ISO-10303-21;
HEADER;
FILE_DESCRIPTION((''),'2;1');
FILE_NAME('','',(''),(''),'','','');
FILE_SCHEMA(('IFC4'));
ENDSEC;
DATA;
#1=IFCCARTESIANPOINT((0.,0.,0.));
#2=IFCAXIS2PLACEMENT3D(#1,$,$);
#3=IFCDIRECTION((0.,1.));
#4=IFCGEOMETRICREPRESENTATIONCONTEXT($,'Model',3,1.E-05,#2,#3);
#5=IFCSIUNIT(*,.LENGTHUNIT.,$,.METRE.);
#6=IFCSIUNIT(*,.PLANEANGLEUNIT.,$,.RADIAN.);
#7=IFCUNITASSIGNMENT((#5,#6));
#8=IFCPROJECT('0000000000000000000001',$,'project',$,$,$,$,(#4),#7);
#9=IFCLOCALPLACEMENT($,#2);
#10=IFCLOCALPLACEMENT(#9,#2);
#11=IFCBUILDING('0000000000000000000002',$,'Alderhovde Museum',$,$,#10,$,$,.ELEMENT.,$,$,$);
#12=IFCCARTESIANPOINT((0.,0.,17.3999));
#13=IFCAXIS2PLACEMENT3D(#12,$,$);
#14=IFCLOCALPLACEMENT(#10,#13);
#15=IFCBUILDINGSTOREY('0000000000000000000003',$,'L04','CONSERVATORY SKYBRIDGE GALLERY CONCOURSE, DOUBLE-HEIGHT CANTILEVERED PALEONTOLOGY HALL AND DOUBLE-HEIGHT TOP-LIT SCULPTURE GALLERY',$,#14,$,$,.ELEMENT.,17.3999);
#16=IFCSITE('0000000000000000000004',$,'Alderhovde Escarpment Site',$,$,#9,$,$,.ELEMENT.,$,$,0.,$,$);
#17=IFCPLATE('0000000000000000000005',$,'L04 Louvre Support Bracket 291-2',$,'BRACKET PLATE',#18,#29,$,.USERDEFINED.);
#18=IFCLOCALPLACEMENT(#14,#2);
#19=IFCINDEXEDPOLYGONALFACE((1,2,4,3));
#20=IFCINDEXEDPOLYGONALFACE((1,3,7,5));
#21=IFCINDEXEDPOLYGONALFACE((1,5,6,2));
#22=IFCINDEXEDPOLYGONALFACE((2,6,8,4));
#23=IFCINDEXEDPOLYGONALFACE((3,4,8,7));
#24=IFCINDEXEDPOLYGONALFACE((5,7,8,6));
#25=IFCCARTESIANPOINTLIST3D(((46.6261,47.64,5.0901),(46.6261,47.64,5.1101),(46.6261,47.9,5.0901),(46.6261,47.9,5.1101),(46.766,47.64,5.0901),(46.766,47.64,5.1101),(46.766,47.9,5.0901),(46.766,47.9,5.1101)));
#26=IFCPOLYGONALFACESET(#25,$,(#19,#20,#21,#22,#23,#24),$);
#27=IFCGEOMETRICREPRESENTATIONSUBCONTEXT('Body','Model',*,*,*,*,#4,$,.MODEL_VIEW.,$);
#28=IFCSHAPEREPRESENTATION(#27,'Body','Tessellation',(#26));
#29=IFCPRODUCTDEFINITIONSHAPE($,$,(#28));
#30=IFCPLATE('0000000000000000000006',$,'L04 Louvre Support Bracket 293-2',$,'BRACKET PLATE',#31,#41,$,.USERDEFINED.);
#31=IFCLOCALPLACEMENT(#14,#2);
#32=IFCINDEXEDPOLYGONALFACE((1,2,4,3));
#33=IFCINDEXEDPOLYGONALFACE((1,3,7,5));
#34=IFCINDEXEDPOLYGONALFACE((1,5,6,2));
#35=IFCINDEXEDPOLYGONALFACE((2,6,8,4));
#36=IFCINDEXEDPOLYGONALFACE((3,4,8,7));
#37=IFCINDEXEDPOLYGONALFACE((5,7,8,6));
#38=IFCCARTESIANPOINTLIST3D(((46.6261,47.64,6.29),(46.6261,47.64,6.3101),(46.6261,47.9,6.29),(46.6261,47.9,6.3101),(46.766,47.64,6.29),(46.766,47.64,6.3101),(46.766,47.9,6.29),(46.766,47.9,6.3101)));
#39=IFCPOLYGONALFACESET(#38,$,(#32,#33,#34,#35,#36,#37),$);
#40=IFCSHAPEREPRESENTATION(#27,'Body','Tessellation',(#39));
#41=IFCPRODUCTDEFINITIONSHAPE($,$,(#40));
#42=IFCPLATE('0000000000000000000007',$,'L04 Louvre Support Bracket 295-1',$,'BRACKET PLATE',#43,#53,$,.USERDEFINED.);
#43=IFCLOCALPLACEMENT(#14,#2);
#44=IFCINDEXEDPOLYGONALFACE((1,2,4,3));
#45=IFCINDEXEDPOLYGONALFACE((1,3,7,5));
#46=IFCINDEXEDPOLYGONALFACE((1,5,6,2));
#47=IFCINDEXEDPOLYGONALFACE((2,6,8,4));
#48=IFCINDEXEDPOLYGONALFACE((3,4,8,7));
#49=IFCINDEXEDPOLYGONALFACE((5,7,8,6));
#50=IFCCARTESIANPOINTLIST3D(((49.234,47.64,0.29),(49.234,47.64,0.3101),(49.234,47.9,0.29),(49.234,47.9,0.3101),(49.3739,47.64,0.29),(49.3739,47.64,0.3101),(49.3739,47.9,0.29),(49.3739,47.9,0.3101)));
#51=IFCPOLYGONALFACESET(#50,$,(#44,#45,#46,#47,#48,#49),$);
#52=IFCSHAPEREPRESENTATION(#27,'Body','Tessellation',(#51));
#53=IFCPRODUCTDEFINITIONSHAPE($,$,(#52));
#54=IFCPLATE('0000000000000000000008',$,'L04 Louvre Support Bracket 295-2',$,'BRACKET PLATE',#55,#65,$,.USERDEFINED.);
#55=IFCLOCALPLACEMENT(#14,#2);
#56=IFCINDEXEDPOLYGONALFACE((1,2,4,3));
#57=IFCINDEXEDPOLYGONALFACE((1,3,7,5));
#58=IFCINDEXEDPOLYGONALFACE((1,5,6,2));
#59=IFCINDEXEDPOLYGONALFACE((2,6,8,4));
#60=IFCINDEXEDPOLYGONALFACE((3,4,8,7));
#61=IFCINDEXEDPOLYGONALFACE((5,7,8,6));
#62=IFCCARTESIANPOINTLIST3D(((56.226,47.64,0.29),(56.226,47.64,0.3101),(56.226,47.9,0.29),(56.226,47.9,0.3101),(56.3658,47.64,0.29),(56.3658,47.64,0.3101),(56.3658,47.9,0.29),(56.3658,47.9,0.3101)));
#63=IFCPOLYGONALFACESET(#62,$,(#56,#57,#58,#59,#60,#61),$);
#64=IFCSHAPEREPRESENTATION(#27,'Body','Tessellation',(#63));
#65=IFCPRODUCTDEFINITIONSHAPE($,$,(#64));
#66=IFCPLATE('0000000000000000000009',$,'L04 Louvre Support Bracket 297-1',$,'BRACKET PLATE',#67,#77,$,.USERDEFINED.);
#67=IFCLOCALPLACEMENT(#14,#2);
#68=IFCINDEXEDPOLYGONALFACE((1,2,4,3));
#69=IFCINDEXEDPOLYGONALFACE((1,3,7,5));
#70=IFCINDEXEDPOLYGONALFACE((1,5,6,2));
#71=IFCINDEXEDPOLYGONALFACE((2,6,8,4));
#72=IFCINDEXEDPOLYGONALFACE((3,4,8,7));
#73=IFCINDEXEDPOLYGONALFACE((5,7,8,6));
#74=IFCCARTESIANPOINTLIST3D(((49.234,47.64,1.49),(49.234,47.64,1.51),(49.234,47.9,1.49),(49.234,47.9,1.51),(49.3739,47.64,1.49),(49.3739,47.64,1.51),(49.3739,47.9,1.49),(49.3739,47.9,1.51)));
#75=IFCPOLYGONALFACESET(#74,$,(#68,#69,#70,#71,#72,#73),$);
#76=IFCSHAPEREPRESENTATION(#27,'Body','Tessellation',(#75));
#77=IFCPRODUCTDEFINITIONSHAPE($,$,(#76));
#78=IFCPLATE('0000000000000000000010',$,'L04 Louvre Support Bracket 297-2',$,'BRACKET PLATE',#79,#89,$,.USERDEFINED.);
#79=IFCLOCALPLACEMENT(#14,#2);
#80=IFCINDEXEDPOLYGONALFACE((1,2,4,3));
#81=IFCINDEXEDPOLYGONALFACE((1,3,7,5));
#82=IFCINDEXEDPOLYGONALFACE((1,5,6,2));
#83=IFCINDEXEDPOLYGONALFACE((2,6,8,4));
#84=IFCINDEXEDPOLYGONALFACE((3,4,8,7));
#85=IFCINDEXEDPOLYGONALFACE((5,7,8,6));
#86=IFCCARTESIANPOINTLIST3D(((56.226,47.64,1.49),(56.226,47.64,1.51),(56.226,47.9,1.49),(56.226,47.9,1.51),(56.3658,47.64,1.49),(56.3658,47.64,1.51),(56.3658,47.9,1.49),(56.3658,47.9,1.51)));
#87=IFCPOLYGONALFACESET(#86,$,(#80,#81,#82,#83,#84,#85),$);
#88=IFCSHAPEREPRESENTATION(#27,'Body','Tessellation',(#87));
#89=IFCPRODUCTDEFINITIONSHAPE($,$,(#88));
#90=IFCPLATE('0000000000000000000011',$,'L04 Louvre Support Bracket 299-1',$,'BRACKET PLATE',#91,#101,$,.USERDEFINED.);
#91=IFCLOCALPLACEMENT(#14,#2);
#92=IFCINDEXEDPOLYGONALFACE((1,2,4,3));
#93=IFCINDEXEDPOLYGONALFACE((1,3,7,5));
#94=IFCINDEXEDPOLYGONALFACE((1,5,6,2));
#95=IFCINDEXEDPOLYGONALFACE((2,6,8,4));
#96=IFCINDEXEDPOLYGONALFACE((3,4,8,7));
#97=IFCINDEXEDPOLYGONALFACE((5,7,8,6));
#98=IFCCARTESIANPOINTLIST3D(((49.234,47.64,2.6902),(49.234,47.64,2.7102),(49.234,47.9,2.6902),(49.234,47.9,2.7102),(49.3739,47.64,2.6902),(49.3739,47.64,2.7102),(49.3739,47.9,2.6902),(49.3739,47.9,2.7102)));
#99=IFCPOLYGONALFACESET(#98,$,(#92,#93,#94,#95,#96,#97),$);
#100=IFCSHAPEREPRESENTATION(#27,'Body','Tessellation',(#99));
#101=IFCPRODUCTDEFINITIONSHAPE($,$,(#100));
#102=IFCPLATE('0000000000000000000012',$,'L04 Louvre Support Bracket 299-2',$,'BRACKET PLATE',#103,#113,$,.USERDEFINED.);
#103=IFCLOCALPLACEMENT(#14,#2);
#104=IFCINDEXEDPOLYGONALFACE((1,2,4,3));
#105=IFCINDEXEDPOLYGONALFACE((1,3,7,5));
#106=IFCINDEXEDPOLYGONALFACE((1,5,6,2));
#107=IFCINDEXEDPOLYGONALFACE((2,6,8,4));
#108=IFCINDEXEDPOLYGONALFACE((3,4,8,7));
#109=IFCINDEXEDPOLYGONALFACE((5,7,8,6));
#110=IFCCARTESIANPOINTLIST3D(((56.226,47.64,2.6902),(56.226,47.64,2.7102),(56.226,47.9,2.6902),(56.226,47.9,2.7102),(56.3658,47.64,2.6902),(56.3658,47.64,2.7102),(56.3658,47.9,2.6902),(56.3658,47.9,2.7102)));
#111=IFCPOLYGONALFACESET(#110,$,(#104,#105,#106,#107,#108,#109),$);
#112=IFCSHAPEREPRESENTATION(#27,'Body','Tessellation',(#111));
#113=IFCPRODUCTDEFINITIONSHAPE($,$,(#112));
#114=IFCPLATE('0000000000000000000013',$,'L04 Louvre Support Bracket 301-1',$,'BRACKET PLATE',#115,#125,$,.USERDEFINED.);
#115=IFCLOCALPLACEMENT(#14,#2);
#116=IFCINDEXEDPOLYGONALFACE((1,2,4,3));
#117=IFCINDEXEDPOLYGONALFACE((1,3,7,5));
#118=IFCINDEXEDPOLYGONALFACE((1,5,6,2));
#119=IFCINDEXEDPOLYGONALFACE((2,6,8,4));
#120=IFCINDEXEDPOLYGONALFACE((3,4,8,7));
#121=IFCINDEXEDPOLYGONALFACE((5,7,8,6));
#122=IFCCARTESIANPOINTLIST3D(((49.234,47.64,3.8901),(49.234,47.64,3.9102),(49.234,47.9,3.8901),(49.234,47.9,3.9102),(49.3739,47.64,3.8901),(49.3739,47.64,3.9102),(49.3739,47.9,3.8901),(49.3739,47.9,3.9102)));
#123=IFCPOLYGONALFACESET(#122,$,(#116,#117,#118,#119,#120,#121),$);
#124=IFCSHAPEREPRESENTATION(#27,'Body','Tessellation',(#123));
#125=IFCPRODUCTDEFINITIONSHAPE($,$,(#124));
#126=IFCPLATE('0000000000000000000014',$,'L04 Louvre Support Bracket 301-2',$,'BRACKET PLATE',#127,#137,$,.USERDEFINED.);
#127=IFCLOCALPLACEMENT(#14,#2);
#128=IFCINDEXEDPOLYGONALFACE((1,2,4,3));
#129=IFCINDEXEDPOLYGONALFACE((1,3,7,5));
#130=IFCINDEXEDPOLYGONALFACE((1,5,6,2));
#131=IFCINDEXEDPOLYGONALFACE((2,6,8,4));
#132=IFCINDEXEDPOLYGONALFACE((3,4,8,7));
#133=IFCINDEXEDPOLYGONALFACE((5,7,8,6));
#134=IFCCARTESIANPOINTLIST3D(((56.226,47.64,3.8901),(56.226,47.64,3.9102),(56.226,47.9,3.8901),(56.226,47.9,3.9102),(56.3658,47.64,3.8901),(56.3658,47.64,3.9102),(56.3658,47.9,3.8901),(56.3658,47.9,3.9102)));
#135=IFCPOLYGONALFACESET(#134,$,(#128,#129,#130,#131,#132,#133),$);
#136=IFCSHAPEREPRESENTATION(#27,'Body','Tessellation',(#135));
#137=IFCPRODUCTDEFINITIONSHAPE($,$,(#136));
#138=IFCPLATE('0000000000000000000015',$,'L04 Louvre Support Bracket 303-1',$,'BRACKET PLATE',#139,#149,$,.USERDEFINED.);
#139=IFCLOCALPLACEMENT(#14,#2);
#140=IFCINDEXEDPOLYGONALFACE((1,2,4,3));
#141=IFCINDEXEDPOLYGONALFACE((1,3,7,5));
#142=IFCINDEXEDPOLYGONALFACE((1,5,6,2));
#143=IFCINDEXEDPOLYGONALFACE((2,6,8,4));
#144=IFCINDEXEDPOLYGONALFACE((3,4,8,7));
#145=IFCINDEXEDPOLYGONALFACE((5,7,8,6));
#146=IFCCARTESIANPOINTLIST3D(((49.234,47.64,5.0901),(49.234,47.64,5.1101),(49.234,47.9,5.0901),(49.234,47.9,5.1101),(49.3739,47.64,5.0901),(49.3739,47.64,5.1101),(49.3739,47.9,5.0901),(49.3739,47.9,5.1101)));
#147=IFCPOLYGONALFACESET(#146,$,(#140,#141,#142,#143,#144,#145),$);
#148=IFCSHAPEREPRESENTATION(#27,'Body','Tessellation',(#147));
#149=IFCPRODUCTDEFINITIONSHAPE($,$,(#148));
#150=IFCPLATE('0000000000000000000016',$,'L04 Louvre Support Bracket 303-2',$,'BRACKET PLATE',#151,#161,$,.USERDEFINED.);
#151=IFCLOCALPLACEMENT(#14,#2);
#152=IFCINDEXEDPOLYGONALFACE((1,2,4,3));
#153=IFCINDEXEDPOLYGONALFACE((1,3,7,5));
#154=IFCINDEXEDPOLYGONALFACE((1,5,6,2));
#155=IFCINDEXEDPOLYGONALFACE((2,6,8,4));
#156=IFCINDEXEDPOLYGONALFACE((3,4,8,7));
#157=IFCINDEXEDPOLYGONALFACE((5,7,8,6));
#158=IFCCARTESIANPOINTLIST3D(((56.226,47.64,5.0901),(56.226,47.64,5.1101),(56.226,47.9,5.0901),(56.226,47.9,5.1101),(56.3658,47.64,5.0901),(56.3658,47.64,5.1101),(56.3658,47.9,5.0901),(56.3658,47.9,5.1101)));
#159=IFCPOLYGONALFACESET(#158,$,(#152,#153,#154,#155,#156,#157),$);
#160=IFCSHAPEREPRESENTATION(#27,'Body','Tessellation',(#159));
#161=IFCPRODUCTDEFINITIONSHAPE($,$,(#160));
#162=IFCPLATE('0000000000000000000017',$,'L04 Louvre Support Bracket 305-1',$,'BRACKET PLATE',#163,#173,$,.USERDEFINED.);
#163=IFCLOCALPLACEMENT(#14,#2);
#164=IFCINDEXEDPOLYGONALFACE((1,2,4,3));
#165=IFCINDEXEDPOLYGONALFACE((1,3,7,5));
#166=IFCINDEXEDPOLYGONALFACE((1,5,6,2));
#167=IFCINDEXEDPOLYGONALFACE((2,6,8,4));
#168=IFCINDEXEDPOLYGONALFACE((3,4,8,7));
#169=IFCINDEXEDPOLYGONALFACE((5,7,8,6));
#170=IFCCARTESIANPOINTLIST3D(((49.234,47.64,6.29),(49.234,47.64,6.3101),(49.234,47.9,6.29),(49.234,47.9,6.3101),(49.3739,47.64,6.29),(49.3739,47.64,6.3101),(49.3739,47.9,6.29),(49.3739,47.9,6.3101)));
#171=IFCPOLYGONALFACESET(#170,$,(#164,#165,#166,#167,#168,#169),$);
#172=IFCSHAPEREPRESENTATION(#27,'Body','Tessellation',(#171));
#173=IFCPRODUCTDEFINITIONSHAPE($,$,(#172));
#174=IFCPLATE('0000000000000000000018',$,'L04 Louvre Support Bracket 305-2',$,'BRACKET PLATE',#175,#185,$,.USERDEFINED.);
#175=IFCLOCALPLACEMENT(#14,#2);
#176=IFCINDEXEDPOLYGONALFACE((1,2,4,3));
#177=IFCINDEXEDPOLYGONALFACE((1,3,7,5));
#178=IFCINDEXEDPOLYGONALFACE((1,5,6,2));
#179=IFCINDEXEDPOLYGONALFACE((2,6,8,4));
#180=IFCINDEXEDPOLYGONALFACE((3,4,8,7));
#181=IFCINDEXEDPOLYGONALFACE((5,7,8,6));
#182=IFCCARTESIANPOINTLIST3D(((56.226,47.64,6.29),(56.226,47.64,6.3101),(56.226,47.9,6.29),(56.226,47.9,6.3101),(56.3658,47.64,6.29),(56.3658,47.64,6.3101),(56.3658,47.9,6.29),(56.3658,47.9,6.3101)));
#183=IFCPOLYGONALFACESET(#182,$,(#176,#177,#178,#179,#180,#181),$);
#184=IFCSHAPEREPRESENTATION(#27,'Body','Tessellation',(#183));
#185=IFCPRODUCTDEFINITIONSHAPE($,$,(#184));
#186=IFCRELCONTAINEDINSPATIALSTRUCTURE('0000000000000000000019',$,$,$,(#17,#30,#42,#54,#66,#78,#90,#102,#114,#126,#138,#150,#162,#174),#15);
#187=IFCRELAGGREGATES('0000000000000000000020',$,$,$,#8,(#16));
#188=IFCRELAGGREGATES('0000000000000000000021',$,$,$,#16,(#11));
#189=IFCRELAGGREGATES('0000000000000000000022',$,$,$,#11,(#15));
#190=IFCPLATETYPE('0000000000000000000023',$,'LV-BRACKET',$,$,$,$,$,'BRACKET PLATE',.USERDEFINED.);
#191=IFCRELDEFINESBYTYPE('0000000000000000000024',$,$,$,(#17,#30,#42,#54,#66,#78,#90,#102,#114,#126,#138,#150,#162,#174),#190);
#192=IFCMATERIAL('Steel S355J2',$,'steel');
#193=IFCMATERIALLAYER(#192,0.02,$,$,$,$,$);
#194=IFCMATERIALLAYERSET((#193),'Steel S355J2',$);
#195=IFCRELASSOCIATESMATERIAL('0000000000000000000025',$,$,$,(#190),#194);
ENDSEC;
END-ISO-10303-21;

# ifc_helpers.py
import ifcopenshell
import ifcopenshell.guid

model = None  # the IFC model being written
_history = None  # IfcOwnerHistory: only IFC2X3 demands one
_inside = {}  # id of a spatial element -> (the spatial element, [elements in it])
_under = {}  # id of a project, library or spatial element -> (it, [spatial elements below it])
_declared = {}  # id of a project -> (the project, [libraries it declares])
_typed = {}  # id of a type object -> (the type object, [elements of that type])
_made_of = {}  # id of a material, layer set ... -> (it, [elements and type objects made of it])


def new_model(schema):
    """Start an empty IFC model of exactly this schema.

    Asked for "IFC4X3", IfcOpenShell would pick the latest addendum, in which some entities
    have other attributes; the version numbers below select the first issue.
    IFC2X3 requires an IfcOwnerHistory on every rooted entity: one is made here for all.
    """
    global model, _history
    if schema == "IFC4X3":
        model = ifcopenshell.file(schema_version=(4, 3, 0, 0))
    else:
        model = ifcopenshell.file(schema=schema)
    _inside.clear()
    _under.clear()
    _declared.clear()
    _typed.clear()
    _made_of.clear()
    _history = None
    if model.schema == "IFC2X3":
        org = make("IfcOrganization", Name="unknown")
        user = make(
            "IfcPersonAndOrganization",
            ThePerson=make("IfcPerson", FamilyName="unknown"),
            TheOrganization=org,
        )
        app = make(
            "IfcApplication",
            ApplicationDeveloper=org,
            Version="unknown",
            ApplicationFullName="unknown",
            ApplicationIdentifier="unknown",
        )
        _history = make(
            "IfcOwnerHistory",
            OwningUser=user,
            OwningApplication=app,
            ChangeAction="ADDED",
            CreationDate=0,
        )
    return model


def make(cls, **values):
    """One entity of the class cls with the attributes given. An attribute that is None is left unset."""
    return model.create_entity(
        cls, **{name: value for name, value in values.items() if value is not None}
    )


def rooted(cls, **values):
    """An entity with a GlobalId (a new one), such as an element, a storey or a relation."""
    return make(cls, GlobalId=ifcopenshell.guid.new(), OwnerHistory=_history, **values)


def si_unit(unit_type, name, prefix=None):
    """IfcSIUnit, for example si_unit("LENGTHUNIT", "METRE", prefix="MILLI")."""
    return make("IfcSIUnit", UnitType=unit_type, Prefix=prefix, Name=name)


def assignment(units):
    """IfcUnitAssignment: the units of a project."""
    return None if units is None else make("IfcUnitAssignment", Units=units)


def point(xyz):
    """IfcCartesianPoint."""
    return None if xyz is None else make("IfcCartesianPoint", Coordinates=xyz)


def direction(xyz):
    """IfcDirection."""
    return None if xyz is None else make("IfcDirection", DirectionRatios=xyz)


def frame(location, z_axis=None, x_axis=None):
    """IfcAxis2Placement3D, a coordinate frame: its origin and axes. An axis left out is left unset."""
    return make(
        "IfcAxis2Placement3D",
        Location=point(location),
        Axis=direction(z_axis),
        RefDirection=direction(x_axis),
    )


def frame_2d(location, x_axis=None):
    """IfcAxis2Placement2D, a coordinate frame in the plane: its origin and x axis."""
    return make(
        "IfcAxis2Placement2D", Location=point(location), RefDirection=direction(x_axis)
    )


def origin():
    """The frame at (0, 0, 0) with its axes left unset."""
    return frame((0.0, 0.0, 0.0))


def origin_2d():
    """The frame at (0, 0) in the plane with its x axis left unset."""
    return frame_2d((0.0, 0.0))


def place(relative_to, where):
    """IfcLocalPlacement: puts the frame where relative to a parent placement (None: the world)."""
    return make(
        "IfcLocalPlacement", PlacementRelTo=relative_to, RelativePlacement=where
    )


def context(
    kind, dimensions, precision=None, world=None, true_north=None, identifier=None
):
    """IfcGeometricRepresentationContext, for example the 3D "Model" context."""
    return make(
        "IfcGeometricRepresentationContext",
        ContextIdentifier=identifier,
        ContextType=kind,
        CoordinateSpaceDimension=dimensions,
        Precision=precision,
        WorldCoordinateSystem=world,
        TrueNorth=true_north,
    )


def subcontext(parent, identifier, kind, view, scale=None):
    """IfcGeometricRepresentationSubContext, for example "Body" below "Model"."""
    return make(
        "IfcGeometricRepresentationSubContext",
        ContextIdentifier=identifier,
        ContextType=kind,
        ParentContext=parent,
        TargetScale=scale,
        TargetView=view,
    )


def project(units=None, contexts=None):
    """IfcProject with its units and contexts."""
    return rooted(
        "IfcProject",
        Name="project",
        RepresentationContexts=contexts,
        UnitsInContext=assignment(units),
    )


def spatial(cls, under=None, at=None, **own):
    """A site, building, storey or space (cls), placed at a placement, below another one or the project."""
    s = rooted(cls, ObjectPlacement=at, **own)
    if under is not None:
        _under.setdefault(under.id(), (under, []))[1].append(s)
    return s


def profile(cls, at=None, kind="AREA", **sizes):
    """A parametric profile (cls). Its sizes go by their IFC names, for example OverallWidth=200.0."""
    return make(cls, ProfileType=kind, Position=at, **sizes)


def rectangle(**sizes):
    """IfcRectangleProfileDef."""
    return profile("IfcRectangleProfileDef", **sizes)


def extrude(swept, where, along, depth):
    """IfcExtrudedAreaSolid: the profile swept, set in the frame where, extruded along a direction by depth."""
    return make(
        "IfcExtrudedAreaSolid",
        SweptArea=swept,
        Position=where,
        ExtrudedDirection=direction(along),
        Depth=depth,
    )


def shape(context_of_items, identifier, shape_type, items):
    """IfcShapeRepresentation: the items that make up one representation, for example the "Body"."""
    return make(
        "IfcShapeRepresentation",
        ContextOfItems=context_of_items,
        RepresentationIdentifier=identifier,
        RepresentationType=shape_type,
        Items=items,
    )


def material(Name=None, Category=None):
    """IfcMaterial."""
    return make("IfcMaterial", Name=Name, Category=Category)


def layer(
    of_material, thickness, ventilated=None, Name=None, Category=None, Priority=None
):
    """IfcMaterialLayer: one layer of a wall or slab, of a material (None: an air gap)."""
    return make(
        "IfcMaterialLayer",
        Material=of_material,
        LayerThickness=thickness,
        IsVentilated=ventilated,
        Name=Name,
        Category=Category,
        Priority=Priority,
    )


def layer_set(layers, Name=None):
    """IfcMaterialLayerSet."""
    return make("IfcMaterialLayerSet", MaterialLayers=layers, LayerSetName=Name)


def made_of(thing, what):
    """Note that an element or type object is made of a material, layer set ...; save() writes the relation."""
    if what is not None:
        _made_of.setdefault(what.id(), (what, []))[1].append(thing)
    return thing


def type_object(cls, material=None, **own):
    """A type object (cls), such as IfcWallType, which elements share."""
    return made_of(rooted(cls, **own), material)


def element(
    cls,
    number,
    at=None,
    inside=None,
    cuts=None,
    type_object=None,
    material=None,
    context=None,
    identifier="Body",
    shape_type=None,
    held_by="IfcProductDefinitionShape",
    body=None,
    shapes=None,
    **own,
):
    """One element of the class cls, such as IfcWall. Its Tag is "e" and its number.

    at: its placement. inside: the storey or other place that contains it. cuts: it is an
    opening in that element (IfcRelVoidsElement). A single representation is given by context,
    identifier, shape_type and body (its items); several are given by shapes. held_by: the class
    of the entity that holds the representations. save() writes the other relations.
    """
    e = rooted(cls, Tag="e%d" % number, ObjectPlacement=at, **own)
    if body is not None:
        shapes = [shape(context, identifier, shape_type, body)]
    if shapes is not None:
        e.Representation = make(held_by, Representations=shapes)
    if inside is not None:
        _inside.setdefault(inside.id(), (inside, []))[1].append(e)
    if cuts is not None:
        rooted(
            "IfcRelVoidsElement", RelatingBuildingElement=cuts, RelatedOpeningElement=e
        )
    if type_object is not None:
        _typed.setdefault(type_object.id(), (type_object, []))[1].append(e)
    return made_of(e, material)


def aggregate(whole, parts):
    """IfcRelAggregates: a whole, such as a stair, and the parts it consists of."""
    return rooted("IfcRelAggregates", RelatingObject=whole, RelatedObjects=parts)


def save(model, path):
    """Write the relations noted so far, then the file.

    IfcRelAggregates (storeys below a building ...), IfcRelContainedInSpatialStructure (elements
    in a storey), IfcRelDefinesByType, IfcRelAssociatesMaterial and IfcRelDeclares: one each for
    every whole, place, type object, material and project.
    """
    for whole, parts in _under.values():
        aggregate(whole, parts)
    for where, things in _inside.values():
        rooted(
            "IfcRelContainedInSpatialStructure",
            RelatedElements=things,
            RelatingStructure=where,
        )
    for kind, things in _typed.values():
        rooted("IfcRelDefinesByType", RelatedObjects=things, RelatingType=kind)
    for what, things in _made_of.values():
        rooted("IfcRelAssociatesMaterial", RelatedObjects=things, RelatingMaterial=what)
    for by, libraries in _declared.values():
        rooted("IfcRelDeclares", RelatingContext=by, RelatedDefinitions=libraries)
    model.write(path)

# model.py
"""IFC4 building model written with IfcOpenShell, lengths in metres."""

from ifc_helpers import new_model, si_unit, direction, frame, origin, origin_2d, place, context, subcontext, project, spatial, rectangle, extrude, material, layer, layer_set, type_object, element, save


model = new_model("IFC4")

# Units and contexts
model_context = context("Model", 3, precision=1e-05, world=origin(), true_north=direction((0.0, 1.0)))
body_context = subcontext(model_context, "Body", "Model", "MODEL_VIEW")
ifc_project = project(units=[si_unit("LENGTHUNIT", "METRE"), si_unit("PLANEANGLEUNIT", "RADIAN")], contexts=[model_context])

# Site, building, storey
site_placement = place(None, origin())
site = spatial("IfcSite", under=ifc_project, at=site_placement, Name="Alderhovde Escarpment Site", CompositionType="ELEMENT", RefElevation=0.0)
building_placement = place(site_placement, origin())
building = spatial("IfcBuilding", under=site, at=building_placement, Name="Alderhovde Museum", CompositionType="ELEMENT")
storey_placement = place(building_placement, frame((0.0, 0.0, 17.3999)))
storey = spatial("IfcBuildingStorey", under=building, at=storey_placement, Name="L04", Description="CONSERVATORY SKYBRIDGE GALLERY CONCOURSE, DOUBLE-HEIGHT CANTILEVERED PALEONTOLOGY HALL AND DOUBLE-HEIGHT TOP-LIT SCULPTURE GALLERY", CompositionType="ELEMENT", Elevation=17.3999)

# Plates
ifc_material_1 = material(Name="Steel S355J2", Category="steel")
ifc_layer_1 = layer(ifc_material_1, 0.02)
ifc_layer_set_1 = layer_set([ifc_layer_1], Name="Steel S355J2")
plate_type_1 = type_object("IfcPlateType", Name="LV-BRACKET", ElementType="BRACKET PLATE", PredefinedType="USERDEFINED", material=ifc_layer_set_1)
for number, where, z_axis, x_axis, name in (
    (1, (46.696, 47.77, 5.0901), (0.0, 0.0, 1.0), (1.0, 0.0, 0.0), "L04 Louvre Support Bracket 291-2"),
    (2, (46.696, 47.77, 6.29), (0.0, 0.0, 1.0), (1.0, 0.0, 0.0), "L04 Louvre Support Bracket 293-2"),
    (3, (49.304, 47.77, 0.29), (0.0, 0.0, 1.0), (1.0, 0.0, 0.0), "L04 Louvre Support Bracket 295-1"),
    (4, (56.2959, 47.77, 0.29), (0.0, 0.0, 1.0), (1.0, 0.0, 0.0), "L04 Louvre Support Bracket 295-2"),
    (5, (49.304, 47.77, 1.49), (0.0, 0.0, 1.0), (1.0, 0.0, 0.0), "L04 Louvre Support Bracket 297-1"),
    (6, (56.2959, 47.77, 1.49), (0.0, 0.0, 1.0), (1.0, 0.0, 0.0), "L04 Louvre Support Bracket 297-2"),
    (7, (49.304, 47.77, 2.6902), (0.0, 0.0, 1.0), (1.0, 0.0, 0.0), "L04 Louvre Support Bracket 299-1"),
    (8, (56.2959, 47.77, 2.6902), (0.0, 0.0, 1.0), (1.0, 0.0, 0.0), "L04 Louvre Support Bracket 299-2"),
    (9, (49.304, 47.77, 3.8901), (0.0, 0.0, 1.0), (1.0, 0.0, 0.0), "L04 Louvre Support Bracket 301-1"),
    (10, (56.2959, 47.77, 3.8901), (0.0, 0.0, 1.0), (1.0, 0.0, 0.0), "L04 Louvre Support Bracket 301-2"),
    (11, (49.304, 47.77, 5.0901), (0.0, 0.0, 1.0), (1.0, 0.0, 0.0), "L04 Louvre Support Bracket 303-1"),
    (12, (56.2959, 47.77, 5.0901), (0.0, 0.0, 1.0), (1.0, 0.0, 0.0), "L04 Louvre Support Bracket 303-2"),
    (13, (49.304, 47.77, 6.29), (0.0, 0.0, 1.0), (1.0, 0.0, 0.0), "L04 Louvre Support Bracket 305-1"),
    (14, (56.2959, 47.77, 6.29), (0.0, 0.0, 1.0), (1.0, 0.0, 0.0), "L04 Louvre Support Bracket 305-2"),
):
    element("IfcPlate", number, at=place(storey_placement, frame(where, z_axis=z_axis, x_axis=x_axis)), inside=storey, type_object=plate_type_1, Name=name, ObjectType="BRACKET PLATE", PredefinedType="USERDEFINED", context=body_context, shape_type="SweptSolid", body=[
        extrude(rectangle(XDim=0.1399, YDim=0.26, at=origin_2d()), origin(), (0.0, 0.0, 1.0), 0.02),
    ])

save(model, "model.ifc")
